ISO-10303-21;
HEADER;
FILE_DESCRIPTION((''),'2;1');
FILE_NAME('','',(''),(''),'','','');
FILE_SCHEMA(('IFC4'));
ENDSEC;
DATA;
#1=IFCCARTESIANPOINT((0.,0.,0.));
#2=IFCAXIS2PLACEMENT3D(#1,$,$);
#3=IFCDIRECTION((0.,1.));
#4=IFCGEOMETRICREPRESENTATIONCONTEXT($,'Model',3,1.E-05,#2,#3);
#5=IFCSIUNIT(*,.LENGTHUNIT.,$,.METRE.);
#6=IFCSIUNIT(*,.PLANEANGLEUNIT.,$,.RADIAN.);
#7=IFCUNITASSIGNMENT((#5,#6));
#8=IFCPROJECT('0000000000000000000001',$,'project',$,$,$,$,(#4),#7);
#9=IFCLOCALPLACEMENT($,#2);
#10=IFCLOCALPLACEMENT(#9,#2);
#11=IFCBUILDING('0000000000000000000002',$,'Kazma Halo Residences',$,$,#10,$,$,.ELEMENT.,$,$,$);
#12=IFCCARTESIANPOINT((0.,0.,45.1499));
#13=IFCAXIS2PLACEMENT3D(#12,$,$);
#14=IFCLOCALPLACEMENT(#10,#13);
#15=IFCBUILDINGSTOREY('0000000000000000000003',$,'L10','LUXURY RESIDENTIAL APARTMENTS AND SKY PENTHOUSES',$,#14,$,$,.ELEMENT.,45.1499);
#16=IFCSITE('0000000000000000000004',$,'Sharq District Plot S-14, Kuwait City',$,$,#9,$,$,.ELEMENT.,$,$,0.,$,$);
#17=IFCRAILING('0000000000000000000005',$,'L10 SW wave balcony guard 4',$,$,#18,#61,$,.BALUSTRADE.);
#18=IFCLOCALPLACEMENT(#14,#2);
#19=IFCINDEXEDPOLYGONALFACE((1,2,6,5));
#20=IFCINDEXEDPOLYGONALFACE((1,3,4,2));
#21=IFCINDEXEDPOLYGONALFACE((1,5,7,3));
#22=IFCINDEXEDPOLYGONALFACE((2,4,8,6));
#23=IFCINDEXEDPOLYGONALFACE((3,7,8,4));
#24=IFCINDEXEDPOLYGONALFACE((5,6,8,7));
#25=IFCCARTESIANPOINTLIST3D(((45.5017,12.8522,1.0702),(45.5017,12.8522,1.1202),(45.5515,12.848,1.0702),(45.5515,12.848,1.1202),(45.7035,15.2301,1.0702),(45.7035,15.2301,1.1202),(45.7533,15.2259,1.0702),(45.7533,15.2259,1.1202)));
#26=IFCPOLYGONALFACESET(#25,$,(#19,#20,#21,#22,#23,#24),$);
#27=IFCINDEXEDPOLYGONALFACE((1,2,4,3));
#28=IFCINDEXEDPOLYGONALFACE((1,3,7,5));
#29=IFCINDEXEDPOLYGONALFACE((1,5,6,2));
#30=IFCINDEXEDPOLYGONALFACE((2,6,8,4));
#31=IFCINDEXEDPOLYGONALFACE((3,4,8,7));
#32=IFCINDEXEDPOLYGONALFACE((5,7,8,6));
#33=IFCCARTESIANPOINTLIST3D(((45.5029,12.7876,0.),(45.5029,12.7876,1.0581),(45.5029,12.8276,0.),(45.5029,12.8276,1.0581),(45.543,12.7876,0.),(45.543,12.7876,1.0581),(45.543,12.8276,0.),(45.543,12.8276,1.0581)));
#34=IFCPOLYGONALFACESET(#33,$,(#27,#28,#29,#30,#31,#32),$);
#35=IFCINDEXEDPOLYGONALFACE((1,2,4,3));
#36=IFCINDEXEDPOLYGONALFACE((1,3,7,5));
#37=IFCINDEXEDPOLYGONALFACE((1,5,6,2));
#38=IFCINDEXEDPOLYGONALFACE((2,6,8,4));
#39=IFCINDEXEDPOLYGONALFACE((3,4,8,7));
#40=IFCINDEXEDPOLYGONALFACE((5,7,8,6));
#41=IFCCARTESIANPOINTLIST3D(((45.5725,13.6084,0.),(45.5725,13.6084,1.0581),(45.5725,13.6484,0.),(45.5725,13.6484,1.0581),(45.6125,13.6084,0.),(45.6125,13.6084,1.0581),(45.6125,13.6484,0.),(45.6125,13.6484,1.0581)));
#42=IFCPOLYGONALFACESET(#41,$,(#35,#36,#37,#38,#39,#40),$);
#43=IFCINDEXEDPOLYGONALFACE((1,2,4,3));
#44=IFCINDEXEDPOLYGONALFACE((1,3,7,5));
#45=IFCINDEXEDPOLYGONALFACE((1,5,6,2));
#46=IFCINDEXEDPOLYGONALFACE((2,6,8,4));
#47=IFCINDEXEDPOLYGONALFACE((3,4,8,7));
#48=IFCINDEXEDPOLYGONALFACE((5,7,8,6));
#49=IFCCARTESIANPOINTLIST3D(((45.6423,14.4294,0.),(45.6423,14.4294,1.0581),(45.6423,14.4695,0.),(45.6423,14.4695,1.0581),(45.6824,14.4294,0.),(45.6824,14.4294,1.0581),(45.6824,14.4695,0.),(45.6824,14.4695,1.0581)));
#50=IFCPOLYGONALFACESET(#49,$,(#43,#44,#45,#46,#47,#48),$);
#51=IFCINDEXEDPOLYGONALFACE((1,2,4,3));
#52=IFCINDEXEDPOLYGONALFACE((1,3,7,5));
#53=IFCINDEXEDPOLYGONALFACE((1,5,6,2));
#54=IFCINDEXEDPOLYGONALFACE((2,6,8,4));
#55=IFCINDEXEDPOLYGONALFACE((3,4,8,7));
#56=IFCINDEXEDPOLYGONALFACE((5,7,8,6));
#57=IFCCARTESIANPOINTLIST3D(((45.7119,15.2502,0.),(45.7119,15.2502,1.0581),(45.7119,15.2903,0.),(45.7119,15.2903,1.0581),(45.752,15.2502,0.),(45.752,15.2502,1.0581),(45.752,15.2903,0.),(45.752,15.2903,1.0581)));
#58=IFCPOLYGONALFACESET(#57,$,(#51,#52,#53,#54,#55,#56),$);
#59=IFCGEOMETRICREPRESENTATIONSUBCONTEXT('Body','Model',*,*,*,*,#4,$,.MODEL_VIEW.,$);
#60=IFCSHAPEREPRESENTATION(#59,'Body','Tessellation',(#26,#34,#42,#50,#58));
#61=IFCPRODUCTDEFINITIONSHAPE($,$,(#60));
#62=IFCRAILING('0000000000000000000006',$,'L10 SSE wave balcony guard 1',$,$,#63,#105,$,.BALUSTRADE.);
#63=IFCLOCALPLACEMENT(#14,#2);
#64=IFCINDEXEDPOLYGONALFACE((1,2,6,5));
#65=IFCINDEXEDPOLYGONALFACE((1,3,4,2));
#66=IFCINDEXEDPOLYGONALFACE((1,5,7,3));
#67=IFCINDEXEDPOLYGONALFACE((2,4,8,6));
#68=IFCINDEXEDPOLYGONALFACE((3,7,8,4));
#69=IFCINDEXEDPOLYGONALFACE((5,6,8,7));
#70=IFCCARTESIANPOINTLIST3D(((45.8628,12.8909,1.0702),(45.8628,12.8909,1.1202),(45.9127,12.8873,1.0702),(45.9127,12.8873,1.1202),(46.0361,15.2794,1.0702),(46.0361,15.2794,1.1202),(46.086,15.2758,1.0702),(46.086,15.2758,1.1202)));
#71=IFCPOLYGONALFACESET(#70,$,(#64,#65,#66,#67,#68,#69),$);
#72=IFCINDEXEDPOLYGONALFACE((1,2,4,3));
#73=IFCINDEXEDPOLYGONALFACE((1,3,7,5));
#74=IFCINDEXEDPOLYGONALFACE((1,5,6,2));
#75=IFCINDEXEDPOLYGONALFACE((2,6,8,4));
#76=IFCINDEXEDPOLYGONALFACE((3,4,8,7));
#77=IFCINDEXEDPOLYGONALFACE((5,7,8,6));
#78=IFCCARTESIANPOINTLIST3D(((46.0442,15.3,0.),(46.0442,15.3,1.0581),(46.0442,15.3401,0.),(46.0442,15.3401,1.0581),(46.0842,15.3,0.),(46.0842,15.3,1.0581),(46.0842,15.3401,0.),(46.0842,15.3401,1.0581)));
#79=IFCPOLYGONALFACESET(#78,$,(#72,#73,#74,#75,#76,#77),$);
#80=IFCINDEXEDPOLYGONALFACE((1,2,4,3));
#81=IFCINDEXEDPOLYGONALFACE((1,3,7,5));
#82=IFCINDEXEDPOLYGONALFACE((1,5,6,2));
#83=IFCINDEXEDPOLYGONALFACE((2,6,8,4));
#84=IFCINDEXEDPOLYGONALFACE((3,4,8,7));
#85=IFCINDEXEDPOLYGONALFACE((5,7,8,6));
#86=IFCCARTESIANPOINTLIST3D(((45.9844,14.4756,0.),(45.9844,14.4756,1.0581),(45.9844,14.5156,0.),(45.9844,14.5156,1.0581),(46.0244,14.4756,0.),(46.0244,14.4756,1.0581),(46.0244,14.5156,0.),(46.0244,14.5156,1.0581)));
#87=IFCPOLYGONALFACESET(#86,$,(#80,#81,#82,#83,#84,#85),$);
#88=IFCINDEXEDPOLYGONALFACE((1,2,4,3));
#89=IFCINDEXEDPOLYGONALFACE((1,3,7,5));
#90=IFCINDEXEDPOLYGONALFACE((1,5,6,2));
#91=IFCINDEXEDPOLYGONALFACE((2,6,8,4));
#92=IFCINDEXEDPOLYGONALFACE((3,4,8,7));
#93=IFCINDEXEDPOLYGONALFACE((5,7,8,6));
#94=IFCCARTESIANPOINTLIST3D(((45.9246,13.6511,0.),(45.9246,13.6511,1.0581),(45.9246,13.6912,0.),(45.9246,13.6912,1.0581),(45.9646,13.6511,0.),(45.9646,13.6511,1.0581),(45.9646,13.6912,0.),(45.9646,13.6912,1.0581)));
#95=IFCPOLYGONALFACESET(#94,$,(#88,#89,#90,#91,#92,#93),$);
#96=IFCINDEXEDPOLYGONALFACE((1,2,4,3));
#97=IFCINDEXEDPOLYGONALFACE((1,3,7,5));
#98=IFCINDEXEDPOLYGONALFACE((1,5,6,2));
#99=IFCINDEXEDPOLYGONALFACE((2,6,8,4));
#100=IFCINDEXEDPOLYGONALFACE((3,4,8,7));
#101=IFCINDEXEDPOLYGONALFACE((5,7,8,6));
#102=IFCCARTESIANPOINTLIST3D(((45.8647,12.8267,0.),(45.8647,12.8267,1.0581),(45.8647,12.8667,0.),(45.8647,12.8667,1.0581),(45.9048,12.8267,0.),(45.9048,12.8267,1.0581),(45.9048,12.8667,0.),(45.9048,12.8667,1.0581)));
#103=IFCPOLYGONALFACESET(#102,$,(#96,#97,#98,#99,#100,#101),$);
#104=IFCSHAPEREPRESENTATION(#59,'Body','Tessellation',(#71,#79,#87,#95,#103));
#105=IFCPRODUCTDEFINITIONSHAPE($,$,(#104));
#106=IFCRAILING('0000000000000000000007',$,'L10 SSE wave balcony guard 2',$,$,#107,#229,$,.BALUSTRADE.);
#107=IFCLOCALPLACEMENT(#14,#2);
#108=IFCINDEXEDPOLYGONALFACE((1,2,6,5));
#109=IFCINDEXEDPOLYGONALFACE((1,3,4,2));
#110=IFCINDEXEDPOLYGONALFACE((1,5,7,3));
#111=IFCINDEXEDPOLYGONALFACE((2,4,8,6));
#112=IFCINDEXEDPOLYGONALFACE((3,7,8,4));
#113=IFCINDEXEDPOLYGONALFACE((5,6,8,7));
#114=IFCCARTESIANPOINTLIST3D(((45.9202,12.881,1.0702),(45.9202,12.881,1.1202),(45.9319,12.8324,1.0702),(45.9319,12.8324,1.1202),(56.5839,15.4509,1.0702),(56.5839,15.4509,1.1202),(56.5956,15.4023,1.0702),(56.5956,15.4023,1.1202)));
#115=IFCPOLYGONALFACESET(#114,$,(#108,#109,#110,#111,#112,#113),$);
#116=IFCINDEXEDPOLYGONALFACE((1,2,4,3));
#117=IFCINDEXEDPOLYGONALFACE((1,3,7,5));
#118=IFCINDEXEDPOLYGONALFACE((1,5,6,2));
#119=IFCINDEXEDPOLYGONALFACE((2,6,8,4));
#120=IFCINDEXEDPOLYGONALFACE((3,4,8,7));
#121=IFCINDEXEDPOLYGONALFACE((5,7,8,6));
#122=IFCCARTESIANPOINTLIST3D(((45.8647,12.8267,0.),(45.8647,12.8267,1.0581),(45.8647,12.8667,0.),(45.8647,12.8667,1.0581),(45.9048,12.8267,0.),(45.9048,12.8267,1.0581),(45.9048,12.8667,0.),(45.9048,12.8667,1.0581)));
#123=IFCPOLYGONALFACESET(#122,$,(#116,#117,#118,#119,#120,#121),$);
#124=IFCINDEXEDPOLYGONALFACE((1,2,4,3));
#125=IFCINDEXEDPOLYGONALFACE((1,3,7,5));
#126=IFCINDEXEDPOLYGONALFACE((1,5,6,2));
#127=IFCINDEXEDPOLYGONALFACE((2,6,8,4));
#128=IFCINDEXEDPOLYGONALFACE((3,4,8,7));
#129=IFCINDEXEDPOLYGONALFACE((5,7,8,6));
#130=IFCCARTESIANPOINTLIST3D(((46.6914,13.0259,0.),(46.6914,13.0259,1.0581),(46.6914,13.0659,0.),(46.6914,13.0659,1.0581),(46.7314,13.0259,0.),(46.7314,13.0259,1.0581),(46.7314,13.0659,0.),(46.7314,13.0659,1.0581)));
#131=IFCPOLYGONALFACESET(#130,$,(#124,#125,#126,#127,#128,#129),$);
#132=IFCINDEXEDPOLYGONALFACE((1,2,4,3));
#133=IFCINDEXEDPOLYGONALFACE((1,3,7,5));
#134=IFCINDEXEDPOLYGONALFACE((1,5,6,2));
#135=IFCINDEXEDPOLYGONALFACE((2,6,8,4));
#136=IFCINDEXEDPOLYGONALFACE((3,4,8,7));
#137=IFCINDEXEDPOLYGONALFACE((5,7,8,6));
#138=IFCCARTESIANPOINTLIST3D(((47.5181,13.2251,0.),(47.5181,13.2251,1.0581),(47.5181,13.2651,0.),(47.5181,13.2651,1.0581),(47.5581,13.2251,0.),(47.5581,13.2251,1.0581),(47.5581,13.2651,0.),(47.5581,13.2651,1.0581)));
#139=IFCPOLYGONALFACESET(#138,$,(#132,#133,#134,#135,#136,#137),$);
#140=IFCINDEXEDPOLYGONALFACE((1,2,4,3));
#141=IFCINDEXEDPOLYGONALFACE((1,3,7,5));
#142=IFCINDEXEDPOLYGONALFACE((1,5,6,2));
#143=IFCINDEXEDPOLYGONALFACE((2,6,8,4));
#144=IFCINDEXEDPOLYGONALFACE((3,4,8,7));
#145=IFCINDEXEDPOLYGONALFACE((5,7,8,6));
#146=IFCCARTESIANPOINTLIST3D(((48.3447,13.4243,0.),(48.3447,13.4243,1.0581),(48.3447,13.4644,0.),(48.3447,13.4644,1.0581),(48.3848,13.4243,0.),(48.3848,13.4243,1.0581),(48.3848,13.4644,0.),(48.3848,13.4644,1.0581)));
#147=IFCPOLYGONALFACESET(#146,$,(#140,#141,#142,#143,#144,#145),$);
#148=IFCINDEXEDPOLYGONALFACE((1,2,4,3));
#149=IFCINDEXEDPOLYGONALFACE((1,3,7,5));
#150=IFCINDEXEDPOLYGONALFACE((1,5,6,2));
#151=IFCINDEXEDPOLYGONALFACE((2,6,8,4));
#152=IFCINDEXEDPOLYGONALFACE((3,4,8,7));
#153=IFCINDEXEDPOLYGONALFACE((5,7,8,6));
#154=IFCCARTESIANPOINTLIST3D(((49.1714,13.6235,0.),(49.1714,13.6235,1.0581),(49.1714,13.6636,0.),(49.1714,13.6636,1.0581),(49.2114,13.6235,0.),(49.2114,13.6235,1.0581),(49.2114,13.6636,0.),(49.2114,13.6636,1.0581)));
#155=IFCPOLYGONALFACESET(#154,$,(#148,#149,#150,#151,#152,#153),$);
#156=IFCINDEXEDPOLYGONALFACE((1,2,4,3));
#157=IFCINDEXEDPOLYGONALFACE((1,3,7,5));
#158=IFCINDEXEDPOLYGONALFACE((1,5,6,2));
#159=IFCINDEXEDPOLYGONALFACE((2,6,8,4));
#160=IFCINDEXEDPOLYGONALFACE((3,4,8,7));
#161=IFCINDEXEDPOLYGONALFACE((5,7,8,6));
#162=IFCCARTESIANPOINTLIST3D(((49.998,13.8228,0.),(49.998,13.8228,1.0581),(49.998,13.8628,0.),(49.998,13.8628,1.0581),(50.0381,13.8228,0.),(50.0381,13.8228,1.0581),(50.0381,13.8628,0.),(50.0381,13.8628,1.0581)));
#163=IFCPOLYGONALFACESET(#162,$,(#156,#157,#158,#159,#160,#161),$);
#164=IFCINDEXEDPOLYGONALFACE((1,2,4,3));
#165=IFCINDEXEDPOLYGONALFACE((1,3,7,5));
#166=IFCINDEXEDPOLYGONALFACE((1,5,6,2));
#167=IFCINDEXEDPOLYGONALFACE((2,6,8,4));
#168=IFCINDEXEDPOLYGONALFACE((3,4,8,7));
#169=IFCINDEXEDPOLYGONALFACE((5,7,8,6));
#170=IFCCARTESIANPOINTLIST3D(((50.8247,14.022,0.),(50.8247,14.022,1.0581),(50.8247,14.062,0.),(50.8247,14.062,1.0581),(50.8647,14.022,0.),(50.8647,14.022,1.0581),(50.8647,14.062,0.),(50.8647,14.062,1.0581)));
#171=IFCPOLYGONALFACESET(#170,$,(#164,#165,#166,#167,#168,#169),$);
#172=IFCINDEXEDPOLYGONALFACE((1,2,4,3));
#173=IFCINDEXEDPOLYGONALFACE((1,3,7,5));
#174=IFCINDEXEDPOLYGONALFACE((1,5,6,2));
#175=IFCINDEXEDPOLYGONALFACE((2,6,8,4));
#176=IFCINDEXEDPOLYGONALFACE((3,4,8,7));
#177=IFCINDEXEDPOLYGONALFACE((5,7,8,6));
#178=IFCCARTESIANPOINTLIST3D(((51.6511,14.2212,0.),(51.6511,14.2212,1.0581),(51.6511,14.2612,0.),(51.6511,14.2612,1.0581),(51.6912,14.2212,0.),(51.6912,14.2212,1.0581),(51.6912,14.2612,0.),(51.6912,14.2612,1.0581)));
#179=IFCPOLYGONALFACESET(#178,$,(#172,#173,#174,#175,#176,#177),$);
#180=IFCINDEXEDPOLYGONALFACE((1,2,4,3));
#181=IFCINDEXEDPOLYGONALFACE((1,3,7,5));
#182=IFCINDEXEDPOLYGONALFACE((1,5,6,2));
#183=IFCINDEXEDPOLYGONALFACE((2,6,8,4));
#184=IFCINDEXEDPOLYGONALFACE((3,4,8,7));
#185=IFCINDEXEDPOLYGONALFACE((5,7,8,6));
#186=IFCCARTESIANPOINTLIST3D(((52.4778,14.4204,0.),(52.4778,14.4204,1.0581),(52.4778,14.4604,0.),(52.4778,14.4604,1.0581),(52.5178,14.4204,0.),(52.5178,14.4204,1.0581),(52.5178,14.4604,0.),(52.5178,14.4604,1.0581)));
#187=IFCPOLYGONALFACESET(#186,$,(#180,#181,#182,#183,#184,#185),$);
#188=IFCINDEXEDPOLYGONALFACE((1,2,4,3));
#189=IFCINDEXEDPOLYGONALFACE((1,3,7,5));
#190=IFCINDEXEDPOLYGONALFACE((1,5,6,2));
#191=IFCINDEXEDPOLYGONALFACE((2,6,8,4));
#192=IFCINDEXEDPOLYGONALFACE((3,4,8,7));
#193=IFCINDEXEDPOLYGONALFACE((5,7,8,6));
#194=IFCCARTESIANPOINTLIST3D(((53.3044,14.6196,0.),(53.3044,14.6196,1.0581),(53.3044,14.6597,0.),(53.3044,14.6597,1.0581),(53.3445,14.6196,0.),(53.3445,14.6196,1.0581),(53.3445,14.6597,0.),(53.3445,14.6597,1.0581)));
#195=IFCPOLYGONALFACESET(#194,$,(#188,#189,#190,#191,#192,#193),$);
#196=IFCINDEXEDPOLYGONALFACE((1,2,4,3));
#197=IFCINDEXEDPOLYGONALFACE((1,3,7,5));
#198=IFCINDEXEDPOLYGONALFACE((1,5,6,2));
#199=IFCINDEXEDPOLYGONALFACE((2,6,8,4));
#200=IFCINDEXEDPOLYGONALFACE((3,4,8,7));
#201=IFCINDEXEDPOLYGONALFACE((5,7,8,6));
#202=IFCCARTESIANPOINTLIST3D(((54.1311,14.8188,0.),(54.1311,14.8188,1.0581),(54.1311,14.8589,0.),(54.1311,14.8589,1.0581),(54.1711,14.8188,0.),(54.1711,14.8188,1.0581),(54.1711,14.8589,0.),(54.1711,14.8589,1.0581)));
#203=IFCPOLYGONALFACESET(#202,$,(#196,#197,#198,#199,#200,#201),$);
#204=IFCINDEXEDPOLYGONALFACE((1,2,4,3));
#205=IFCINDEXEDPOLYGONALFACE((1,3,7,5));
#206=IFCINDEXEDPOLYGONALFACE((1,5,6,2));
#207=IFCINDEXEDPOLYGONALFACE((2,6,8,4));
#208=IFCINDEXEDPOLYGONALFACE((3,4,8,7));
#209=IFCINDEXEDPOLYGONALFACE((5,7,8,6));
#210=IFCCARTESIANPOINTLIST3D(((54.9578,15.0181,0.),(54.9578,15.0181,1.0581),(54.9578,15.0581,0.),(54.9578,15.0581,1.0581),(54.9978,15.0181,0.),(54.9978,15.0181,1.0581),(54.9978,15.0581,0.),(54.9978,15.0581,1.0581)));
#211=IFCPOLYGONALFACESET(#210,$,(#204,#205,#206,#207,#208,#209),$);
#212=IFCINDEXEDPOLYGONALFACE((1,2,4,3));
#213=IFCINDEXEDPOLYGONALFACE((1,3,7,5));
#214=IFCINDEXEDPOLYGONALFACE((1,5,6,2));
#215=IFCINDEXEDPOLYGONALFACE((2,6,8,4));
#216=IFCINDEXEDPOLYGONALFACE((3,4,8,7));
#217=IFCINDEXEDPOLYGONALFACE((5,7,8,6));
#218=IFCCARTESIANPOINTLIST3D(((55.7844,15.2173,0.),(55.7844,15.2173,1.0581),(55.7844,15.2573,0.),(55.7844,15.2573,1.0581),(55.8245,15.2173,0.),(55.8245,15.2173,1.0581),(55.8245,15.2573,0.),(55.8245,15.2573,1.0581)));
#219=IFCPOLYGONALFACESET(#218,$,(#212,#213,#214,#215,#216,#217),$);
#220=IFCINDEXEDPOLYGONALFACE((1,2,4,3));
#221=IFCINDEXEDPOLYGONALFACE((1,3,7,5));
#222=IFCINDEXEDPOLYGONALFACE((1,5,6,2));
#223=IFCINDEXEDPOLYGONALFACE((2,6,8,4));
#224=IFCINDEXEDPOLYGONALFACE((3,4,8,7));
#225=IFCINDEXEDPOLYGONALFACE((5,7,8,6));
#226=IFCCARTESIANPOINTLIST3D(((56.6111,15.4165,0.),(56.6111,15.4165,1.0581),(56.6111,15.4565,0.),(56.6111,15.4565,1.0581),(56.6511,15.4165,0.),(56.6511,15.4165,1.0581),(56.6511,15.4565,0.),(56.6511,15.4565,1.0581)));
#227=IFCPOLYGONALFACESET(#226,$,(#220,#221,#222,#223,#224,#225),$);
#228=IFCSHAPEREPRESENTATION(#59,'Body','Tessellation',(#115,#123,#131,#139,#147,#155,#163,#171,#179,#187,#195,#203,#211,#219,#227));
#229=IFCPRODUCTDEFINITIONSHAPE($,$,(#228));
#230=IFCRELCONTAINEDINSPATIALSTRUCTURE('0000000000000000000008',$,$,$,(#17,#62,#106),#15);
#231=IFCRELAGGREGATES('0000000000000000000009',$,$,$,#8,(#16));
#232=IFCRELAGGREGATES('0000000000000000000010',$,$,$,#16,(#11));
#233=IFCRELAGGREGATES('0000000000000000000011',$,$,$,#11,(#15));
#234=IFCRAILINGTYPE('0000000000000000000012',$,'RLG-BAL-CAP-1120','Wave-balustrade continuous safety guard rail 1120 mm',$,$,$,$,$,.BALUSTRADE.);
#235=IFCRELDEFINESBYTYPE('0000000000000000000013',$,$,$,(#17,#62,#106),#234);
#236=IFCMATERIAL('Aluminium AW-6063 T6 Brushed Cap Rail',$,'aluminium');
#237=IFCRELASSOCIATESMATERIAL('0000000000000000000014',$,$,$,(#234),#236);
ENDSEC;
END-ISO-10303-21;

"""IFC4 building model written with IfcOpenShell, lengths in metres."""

from ifc_helpers import new_model, si_unit, direction, frame, origin, origin_2d, place, context, subcontext, project, spatial, rectangle, extrude, material, type_object, element, save


model = new_model("IFC4")

# Units and contexts
model_context = context("Model", 3, precision=1e-05, world=origin(), true_north=direction((0.0, 1.0)))
body_context = subcontext(model_context, "Body", "Model", "MODEL_VIEW")
ifc_project = project(units=[si_unit("LENGTHUNIT", "METRE"), si_unit("PLANEANGLEUNIT", "RADIAN")], contexts=[model_context])

# Site, building, storey
site_placement = place(None, origin())
site = spatial("IfcSite", under=ifc_project, at=site_placement, Name="Sharq District Plot S-14, Kuwait City", CompositionType="ELEMENT", RefElevation=0.0)
building_placement = place(site_placement, origin())
building = spatial("IfcBuilding", under=site, at=building_placement, Name="Kazma Halo Residences", CompositionType="ELEMENT")
storey_placement = place(building_placement, frame((0.0, 0.0, 45.1499)))
storey = spatial("IfcBuildingStorey", under=building, at=storey_placement, Name="L10", Description="LUXURY RESIDENTIAL APARTMENTS AND SKY PENTHOUSES", CompositionType="ELEMENT", Elevation=45.1499)

# Railings
ifc_material_1 = material(Name="Aluminium AW-6063 T6 Brushed Cap Rail", Category="aluminium")
railing_type = type_object("IfcRailingType", Name="RLG-BAL-CAP-1120", Description="Wave-balustrade continuous safety guard rail 1120 mm", PredefinedType="BALUSTRADE", material=ifc_material_1)
railing_1_placement = place(storey_placement, frame((45.5229, 12.8076, 0.0)))
element("IfcRailing", 1, at=railing_1_placement, inside=storey, type_object=railing_type, Name="L10 SW wave balcony guard 4", PredefinedType="BALUSTRADE", context=body_context, shape_type="SweptSolid", body=[
    extrude(rectangle(XDim=0.05, YDim=0.05, at=origin_2d()), frame((0.0037, 0.0425, 1.0952), z_axis=(0.084558, 0.996419, 0.0), x_axis=(-0.996419, 0.084558, 0.0)), (0.0, 0.0, 1.0), 2.3865),
    extrude(rectangle(XDim=0.04, YDim=0.04, at=origin_2d()), origin(), (0.0, 0.0, 1.0), 1.0581),
    extrude(rectangle(XDim=0.04, YDim=0.04, at=origin_2d()), frame((0.0696, 0.8208, 0.0)), (0.0, 0.0, 1.0), 1.0581),
    extrude(rectangle(XDim=0.04, YDim=0.04, at=origin_2d()), frame((0.1394, 1.6418, 0.0)), (0.0, 0.0, 1.0), 1.0581),
    extrude(rectangle(XDim=0.04, YDim=0.04, at=origin_2d()), frame((0.209, 2.4626, 0.0)), (0.0, 0.0, 1.0), 1.0581),
])
railing_2_placement = place(storey_placement, frame((46.0642, 15.3201, 0.0)))
element("IfcRailing", 2, at=railing_2_placement, inside=storey, type_object=railing_type, Name="L10 SSE wave balcony guard 1", PredefinedType="BALUSTRADE", context=body_context, shape_type="SweptSolid", body=[
    extrude(rectangle(XDim=0.05, YDim=0.05, at=origin_2d()), frame((-0.0032, -0.0425, 1.0952), z_axis=(-0.072359, -0.997379, 0.0), x_axis=(0.997379, -0.072359, 0.0)), (0.0, 0.0, 1.0), 2.3948),
    extrude(rectangle(XDim=0.04, YDim=0.04, at=origin_2d()), origin(), (0.0, 0.0, 1.0), 1.0581),
    extrude(rectangle(XDim=0.04, YDim=0.04, at=origin_2d()), frame((-0.0598, -0.8245, 0.0)), (0.0, 0.0, 1.0), 1.0581),
    extrude(rectangle(XDim=0.04, YDim=0.04, at=origin_2d()), frame((-0.1196, -1.6489, 0.0)), (0.0, 0.0, 1.0), 1.0581),
    extrude(rectangle(XDim=0.04, YDim=0.04, at=origin_2d()), frame((-0.1794, -2.4734, 0.0)), (0.0, 0.0, 1.0), 1.0581),
])
railing_3_placement = place(storey_placement, frame((45.8848, 12.8467, 0.0)))
element("IfcRailing", 3, at=railing_3_placement, inside=storey, type_object=railing_type, Name="L10 SSE wave balcony guard 2", PredefinedType="BALUSTRADE", context=body_context, shape_type="SweptSolid", body=[
    extrude(rectangle(XDim=0.05, YDim=0.05, at=origin_2d()), frame((0.0413, 0.01, 1.0952), z_axis=(0.972167, 0.23429, 0.0), x_axis=(-0.23429, 0.972167, 0.0)), (0.0, 0.0, 1.0), 10.969),
    extrude(rectangle(XDim=0.04, YDim=0.04, at=origin_2d()), origin(), (0.0, 0.0, 1.0), 1.0581),
    extrude(rectangle(XDim=0.04, YDim=0.04, at=origin_2d()), frame((0.8267, 0.1992, 0.0)), (0.0, 0.0, 1.0), 1.0581),
    extrude(rectangle(XDim=0.04, YDim=0.04, at=origin_2d()), frame((1.6533, 0.3984, 0.0)), (0.0, 0.0, 1.0), 1.0581),
    extrude(rectangle(XDim=0.04, YDim=0.04, at=origin_2d()), frame((2.48, 0.5977, 0.0)), (0.0, 0.0, 1.0), 1.0581),
    extrude(rectangle(XDim=0.04, YDim=0.04, at=origin_2d()), frame((3.3066, 0.7969, 0.0)), (0.0, 0.0, 1.0), 1.0581),
    extrude(rectangle(XDim=0.04, YDim=0.04, at=origin_2d()), frame((4.1333, 0.9961, 0.0)), (0.0, 0.0, 1.0), 1.0581),
    extrude(rectangle(XDim=0.04, YDim=0.04, at=origin_2d()), frame((4.96, 1.1953, 0.0)), (0.0, 0.0, 1.0), 1.0581),
    extrude(rectangle(XDim=0.04, YDim=0.04, at=origin_2d()), frame((5.7864, 1.3945, 0.0)), (0.0, 0.0, 1.0), 1.0581),
    extrude(rectangle(XDim=0.04, YDim=0.04, at=origin_2d()), frame((6.613, 1.5938, 0.0)), (0.0, 0.0, 1.0), 1.0581),
    extrude(rectangle(XDim=0.04, YDim=0.04, at=origin_2d()), frame((7.4397, 1.793, 0.0)), (0.0, 0.0, 1.0), 1.0581),
    extrude(rectangle(XDim=0.04, YDim=0.04, at=origin_2d()), frame((8.2664, 1.9922, 0.0)), (0.0, 0.0, 1.0), 1.0581),
    extrude(rectangle(XDim=0.04, YDim=0.04, at=origin_2d()), frame((9.093, 2.1914, 0.0)), (0.0, 0.0, 1.0), 1.0581),
    extrude(rectangle(XDim=0.04, YDim=0.04, at=origin_2d()), frame((9.9197, 2.3906, 0.0)), (0.0, 0.0, 1.0), 1.0581),
    extrude(rectangle(XDim=0.04, YDim=0.04, at=origin_2d()), frame((10.7463, 2.5898, 0.0)), (0.0, 0.0, 1.0), 1.0581),
])

save(model, "model.ifc")
